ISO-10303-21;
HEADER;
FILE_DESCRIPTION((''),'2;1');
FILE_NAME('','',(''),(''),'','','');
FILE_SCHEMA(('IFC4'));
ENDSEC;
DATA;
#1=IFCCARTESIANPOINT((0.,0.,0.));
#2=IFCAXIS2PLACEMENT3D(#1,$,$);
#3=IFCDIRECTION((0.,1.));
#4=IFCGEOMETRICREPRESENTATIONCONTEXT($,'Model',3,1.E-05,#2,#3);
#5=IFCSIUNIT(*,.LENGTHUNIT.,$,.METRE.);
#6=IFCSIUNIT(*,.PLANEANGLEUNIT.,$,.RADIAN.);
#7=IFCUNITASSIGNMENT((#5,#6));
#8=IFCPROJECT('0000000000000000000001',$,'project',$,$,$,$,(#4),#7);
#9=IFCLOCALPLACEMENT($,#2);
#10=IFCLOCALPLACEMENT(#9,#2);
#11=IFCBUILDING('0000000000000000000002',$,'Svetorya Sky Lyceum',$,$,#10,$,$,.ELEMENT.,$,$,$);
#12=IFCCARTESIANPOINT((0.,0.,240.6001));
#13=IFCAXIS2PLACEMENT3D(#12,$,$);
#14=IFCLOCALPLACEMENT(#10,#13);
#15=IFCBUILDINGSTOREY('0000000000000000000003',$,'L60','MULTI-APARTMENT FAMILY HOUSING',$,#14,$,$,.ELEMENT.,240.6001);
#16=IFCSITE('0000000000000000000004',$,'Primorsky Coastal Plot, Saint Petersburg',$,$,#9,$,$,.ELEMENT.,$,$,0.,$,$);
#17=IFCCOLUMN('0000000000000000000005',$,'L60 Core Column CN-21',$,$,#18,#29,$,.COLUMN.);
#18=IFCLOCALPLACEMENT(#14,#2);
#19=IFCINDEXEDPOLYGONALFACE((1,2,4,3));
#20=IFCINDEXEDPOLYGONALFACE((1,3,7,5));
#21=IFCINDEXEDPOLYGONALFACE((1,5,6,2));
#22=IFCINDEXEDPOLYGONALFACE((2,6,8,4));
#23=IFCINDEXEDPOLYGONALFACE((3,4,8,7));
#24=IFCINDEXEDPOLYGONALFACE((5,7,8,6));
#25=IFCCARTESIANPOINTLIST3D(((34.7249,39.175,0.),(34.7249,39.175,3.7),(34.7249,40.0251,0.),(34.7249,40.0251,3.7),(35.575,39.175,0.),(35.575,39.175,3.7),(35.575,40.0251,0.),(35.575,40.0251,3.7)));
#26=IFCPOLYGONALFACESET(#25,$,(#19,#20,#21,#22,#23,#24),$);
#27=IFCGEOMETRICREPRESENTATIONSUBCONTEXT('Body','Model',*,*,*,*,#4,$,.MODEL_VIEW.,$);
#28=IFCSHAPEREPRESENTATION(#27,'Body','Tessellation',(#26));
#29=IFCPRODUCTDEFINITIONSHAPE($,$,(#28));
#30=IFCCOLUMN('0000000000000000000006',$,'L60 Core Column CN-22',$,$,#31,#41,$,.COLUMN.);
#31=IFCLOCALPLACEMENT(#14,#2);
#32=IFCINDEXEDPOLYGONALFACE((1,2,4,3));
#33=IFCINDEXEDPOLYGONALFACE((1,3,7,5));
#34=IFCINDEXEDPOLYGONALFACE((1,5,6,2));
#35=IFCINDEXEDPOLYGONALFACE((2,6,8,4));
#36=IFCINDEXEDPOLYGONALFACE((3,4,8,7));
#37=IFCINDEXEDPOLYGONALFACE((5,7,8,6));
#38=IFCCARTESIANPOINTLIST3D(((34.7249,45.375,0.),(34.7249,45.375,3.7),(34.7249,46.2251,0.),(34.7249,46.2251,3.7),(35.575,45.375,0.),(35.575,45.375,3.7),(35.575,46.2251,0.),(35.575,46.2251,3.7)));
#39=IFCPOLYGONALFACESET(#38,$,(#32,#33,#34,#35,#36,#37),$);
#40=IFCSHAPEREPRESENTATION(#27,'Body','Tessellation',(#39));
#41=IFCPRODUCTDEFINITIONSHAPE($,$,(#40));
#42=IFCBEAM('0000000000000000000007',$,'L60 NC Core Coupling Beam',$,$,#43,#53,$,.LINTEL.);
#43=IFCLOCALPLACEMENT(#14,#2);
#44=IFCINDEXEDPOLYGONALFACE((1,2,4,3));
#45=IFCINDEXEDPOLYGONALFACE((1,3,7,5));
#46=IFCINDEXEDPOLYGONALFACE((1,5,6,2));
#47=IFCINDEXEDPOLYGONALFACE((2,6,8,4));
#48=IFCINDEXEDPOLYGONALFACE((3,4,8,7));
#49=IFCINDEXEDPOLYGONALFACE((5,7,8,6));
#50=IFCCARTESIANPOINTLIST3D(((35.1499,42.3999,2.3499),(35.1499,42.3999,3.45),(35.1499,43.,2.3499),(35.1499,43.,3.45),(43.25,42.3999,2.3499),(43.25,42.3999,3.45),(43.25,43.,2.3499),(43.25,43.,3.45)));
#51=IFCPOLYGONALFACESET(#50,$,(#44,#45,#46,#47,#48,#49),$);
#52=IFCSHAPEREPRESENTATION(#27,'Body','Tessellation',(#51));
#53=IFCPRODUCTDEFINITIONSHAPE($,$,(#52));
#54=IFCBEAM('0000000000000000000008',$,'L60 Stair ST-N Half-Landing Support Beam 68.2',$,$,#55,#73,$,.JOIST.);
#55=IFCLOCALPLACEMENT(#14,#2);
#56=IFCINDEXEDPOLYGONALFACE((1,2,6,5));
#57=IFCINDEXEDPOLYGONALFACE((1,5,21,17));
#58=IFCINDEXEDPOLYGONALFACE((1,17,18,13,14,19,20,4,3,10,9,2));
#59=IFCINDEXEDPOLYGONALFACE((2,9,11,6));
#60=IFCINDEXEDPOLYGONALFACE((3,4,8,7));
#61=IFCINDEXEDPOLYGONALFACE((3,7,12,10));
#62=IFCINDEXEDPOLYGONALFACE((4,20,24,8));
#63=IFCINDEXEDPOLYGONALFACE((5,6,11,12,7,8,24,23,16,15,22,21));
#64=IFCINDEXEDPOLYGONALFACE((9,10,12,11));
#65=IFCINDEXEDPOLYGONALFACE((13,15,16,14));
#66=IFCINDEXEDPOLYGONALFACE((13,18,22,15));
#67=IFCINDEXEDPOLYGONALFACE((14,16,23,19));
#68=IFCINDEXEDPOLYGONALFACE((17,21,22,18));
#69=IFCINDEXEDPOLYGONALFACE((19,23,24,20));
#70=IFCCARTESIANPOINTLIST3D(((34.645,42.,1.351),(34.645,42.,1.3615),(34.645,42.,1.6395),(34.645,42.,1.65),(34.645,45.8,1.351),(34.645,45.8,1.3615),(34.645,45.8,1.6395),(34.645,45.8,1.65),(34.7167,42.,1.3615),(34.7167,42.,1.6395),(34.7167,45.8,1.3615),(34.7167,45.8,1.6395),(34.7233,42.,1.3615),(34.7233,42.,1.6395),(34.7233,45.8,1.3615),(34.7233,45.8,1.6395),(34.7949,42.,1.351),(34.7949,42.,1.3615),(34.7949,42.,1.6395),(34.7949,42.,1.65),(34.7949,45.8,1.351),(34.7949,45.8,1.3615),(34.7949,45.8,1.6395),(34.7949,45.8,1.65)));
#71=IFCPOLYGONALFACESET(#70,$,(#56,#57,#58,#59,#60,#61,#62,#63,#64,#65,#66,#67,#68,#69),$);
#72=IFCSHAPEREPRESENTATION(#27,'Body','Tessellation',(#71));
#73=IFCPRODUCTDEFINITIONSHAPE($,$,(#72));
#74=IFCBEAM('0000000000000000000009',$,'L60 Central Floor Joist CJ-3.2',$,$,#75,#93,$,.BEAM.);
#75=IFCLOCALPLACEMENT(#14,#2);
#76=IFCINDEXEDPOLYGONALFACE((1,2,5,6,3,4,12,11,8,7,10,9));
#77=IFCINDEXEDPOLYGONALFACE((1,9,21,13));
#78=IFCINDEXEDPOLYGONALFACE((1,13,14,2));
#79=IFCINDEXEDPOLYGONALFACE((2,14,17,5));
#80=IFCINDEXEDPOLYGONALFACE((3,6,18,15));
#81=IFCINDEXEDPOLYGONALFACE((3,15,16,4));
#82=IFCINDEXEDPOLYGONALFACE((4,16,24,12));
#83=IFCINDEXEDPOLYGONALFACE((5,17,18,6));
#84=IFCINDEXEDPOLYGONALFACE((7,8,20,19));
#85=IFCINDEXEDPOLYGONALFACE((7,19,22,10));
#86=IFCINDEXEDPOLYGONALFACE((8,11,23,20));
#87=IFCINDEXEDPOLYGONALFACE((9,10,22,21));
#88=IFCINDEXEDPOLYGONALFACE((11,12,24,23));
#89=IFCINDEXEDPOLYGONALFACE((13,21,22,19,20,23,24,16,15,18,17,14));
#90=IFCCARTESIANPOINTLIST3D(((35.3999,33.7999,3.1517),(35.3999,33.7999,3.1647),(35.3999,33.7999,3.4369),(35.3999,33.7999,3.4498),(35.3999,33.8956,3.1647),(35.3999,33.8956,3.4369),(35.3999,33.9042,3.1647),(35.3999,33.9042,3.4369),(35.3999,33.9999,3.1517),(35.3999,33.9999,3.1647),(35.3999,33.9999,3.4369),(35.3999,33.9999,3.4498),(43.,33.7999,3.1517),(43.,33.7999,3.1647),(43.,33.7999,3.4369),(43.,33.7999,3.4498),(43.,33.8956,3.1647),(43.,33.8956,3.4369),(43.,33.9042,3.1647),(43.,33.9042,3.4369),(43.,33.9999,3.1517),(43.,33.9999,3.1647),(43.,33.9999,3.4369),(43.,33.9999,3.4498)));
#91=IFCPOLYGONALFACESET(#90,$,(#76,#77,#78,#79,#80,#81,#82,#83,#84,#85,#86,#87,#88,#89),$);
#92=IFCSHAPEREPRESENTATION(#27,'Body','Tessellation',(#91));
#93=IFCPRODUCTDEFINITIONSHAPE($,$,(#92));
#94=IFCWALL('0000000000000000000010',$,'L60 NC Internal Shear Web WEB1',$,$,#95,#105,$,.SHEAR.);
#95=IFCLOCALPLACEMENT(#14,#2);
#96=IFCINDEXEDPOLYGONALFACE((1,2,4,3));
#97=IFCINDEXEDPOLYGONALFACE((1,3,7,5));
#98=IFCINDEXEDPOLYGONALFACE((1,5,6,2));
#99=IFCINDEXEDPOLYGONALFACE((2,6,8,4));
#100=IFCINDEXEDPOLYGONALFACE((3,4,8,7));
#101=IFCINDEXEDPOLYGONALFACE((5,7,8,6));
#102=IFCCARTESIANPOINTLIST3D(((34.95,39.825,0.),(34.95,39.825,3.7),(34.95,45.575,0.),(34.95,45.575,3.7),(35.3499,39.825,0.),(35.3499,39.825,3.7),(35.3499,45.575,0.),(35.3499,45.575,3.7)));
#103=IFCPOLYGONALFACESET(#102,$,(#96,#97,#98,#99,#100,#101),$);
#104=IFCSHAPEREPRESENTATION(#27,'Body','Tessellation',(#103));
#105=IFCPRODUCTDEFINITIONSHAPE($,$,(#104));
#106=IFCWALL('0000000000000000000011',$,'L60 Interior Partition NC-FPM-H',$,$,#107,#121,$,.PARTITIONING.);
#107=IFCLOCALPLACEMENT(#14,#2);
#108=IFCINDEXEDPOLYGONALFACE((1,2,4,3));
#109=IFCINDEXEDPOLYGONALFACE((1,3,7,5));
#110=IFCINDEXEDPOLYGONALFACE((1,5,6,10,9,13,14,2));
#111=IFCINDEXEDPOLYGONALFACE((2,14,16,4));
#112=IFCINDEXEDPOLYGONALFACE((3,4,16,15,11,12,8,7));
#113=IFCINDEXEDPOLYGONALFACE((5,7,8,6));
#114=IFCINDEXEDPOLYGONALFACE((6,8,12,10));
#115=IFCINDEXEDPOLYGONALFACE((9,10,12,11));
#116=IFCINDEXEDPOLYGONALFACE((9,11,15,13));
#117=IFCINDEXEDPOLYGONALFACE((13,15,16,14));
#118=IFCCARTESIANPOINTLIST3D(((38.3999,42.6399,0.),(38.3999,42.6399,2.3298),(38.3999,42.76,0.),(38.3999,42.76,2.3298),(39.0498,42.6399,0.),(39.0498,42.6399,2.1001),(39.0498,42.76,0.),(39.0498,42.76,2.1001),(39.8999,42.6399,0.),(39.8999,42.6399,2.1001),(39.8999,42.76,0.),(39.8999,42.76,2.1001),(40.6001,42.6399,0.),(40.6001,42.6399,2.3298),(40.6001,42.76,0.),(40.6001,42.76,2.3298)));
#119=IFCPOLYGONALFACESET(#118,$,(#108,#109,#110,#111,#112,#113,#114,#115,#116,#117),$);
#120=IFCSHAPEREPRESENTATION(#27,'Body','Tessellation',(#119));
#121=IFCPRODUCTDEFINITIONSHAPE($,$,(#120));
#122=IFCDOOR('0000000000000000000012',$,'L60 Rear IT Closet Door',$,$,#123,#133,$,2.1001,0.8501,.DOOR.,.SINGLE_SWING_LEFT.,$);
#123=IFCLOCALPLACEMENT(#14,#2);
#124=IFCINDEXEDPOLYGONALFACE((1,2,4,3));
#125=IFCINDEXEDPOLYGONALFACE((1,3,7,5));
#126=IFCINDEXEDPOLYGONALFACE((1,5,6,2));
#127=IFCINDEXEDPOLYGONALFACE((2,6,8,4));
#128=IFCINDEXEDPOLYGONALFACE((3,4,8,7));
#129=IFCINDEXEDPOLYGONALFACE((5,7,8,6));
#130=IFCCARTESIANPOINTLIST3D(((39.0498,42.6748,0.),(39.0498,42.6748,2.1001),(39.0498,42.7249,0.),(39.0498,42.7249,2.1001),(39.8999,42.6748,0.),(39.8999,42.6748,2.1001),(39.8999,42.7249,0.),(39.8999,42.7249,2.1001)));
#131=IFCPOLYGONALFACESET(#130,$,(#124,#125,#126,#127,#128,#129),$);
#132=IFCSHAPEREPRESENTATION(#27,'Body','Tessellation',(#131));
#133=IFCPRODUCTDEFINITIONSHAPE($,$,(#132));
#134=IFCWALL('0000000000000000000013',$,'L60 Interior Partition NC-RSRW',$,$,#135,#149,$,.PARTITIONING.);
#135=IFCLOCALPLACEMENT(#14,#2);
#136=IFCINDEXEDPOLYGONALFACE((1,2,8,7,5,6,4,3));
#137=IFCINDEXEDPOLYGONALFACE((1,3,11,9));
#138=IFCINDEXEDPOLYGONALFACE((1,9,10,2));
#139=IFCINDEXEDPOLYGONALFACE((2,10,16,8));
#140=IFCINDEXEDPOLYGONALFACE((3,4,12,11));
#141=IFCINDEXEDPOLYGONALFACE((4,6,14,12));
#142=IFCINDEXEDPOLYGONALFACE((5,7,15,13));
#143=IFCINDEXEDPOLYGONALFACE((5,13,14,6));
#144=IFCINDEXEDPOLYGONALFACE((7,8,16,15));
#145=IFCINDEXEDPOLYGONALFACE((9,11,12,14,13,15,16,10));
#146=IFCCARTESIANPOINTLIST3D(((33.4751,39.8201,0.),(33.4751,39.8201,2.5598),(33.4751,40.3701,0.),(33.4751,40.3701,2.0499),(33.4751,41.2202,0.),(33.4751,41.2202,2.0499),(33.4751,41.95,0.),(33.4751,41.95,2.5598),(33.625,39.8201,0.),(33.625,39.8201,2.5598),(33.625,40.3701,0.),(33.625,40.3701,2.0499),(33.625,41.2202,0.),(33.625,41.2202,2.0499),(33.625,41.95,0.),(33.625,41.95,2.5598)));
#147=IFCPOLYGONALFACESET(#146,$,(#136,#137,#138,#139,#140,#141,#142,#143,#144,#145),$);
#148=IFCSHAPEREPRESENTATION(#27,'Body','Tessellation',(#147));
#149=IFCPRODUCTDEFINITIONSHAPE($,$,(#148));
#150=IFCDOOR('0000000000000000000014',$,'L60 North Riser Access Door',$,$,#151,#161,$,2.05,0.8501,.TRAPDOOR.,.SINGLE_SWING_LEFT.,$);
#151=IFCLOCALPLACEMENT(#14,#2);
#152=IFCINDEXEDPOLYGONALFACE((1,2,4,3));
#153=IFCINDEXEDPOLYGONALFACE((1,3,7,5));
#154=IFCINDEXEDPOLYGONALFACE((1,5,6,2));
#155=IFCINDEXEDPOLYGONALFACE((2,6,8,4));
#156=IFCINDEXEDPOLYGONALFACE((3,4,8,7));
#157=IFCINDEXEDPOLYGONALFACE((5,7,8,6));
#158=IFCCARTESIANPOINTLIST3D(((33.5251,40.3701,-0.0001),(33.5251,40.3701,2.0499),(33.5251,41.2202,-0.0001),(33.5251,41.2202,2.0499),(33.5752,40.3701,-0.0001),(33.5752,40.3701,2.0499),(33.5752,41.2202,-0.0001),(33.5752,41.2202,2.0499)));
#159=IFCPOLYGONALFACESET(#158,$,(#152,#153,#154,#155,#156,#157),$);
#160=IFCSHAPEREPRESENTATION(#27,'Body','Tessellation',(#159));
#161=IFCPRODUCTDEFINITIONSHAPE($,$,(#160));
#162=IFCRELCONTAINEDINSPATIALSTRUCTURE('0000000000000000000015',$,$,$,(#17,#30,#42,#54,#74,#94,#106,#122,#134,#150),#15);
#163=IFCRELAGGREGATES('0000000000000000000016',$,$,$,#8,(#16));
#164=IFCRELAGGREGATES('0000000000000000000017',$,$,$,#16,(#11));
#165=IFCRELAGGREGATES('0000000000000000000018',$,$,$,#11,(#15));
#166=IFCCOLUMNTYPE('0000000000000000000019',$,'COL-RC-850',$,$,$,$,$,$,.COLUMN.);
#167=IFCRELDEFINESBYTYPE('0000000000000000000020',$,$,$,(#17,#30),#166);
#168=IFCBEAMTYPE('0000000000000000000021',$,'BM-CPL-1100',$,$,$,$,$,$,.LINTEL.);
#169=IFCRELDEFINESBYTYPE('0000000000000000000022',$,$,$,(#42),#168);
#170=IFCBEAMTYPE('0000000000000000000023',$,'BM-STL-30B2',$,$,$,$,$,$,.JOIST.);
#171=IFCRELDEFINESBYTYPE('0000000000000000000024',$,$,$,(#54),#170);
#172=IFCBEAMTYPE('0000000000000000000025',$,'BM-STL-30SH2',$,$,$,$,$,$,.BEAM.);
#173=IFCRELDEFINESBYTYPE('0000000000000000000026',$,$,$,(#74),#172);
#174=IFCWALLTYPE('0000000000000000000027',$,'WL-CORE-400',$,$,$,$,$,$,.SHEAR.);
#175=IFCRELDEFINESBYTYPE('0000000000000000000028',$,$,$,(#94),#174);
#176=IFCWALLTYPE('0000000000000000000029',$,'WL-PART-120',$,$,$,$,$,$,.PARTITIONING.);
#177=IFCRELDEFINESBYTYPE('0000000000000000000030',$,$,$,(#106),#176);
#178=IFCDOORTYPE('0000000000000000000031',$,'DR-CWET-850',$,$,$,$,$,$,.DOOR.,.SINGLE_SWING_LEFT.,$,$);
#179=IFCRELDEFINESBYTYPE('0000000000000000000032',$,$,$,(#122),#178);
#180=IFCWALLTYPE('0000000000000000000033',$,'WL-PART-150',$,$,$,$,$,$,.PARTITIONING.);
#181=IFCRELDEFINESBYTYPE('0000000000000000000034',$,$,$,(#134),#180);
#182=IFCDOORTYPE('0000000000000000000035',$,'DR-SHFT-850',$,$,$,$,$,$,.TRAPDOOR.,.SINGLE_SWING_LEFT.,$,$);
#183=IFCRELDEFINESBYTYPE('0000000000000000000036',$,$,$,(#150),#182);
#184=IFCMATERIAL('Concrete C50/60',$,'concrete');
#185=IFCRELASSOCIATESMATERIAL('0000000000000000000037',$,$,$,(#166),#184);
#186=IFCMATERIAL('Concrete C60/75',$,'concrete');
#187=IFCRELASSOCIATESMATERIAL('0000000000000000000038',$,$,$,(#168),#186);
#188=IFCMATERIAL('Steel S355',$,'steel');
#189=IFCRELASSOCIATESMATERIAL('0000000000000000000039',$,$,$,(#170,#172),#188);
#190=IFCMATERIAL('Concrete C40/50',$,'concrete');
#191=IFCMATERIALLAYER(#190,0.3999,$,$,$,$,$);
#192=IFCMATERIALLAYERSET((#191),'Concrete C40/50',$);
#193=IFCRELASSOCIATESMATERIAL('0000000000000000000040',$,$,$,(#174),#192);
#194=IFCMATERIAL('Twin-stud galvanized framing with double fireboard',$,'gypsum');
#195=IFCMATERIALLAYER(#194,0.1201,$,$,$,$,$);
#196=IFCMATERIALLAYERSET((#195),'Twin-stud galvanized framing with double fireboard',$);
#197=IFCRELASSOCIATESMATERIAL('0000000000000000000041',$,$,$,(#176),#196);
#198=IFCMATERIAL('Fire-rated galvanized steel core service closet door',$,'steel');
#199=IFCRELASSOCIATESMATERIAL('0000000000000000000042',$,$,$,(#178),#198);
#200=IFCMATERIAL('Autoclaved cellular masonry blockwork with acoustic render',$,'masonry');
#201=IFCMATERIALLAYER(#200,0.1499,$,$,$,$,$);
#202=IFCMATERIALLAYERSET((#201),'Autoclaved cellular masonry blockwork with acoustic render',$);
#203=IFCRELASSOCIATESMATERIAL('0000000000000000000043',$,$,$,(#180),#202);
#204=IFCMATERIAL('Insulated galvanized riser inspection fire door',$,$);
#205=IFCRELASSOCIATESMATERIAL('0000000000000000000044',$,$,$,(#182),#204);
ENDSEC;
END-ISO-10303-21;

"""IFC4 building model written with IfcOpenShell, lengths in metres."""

from ifc_helpers import new_model, si_unit, direction, frame, frame_2d, origin, origin_2d, place, context, subcontext, project, spatial, rectangle, i_section, extrude, material, layer, layer_set, material_profile, profile_set, type_object, element, fill, save


model = new_model("IFC4")

# Units and contexts
model_context = context("Model", 3, precision=1e-05, world=origin(), true_north=direction((0.0, 1.0)))
body_context = subcontext(model_context, "Body", "Model", "MODEL_VIEW")
ifc_project = project(units=[si_unit("LENGTHUNIT", "METRE"), si_unit("PLANEANGLEUNIT", "RADIAN")], contexts=[model_context])

# Site, building, storey
site_placement = place(None, origin())
site = spatial("IfcSite", under=ifc_project, at=site_placement, Name="Primorsky Coastal Plot, Saint Petersburg", CompositionType="ELEMENT", RefElevation=0.0)
building_placement = place(site_placement, origin())
building = spatial("IfcBuilding", under=site, at=building_placement, Name="Svetorya Sky Lyceum", CompositionType="ELEMENT")
storey_placement = place(building_placement, frame((0.0, 0.0, 240.6001)))
storey = spatial("IfcBuildingStorey", under=building, at=storey_placement, Name="L60", Description="MULTI-APARTMENT FAMILY HOUSING", CompositionType="ELEMENT", Elevation=240.6001)

# Columns
ifc_material_1 = material(Name="Concrete C50/60", Category="concrete")
ifc_material_profile_1 = material_profile(ifc_material_1, rectangle(XDim=0.8501, YDim=0.8501, at=origin_2d()), Name="RC COL 850x850")
ifc_profile_set_1 = profile_set([ifc_material_profile_1], Name="Concrete C50/60")
column_type = type_object("IfcColumnType", Name="COL-RC-850", PredefinedType="COLUMN", material=ifc_profile_set_1)
for number, where, z_axis, x_axis, name in (
    (1, (35.1499, 39.6001, 0.0), (0.0, 0.0, 1.0), (1.0, 0.0, 0.0), "L60 Core Column CN-21"),
    (2, (35.1499, 45.8, 0.0), (0.0, 0.0, 1.0), (1.0, 0.0, 0.0), "L60 Core Column CN-22"),
):
    element("IfcColumn", number, at=place(storey_placement, frame(where, z_axis=z_axis, x_axis=x_axis)), inside=storey, type_object=column_type, Name=name, PredefinedType="COLUMN", context=body_context, shape_type="SweptSolid", body=[
        extrude(rectangle(XDim=0.8501, YDim=0.8501, at=origin_2d()), origin(), (0.0, 0.0, 1.0), 3.7),
    ])

# Beams
ifc_material_2 = material(Name="Concrete C60/75", Category="concrete")
ifc_material_profile_2 = material_profile(ifc_material_2, rectangle(XDim=0.6001, YDim=1.1001, at=origin_2d()), Name="RC COUPLING 600x1100")
ifc_profile_set_2 = profile_set([ifc_material_profile_2], Name="Concrete C60/75")
beam_type_1 = type_object("IfcBeamType", Name="BM-CPL-1100", PredefinedType="LINTEL", material=ifc_profile_set_2)
beam_1_placement = place(storey_placement, frame((35.1499, 42.7, 2.8999), z_axis=(1.0, 0.0, 0.0), x_axis=(0.0, 1.0, 0.0)))
element("IfcBeam", 3, at=beam_1_placement, inside=storey, type_object=beam_type_1, Name="L60 NC Core Coupling Beam", PredefinedType="LINTEL", context=body_context, shape_type="SweptSolid", body=[
    extrude(rectangle(XDim=0.6001, YDim=1.1001, at=origin_2d()), origin(), (0.0, 0.0, 1.0), 8.1001),
])
ifc_material_3 = material(Name="Steel S355", Category="steel")
ifc_material_profile_3 = material_profile(ifc_material_3, i_section(OverallWidth=0.1499, OverallDepth=0.2991, WebThickness=0.0066, FlangeThickness=0.0105, at=origin_2d()), Name="GOST 30B2")
ifc_profile_set_3 = profile_set([ifc_material_profile_3], Name="Steel S355")
beam_type_2 = type_object("IfcBeamType", Name="BM-STL-30B2", PredefinedType="JOIST", material=ifc_profile_set_3)
beam_2_placement = place(storey_placement, frame((34.72, 42.0, 1.5005), z_axis=(0.0, 1.0, 0.0), x_axis=(-1.0, 0.0, 0.0)))
element("IfcBeam", 4, at=beam_2_placement, inside=storey, type_object=beam_type_2, Name="L60 Stair ST-N Half-Landing Support Beam 68.2", PredefinedType="JOIST", context=body_context, shape_type="SweptSolid", body=[
    extrude(i_section(OverallWidth=0.1499, OverallDepth=0.2991, WebThickness=0.0066, FlangeThickness=0.0105, at=origin_2d()), origin(), (0.0, 0.0, 1.0), 3.8),
])
ifc_material_profile_4 = material_profile(ifc_material_3, i_section(OverallWidth=0.2, OverallDepth=0.2981, WebThickness=0.0085, FlangeThickness=0.0129, at=origin_2d()), Name="GOST 30Sh2")
ifc_profile_set_4 = profile_set([ifc_material_profile_4], Name="Steel S355")
beam_type_3 = type_object("IfcBeamType", Name="BM-STL-30SH2", PredefinedType="BEAM", material=ifc_profile_set_4)
beam_3_placement = place(storey_placement, frame((35.3999, 33.8999, 3.3008), z_axis=(1.0, 0.0, 0.0), x_axis=(0.0, 1.0, 0.0)))
element("IfcBeam", 5, at=beam_3_placement, inside=storey, type_object=beam_type_3, Name="L60 Central Floor Joist CJ-3.2", PredefinedType="BEAM", context=body_context, shape_type="SweptSolid", body=[
    extrude(i_section(OverallWidth=0.2, OverallDepth=0.2981, WebThickness=0.0085, FlangeThickness=0.0129, at=origin_2d()), origin(), (0.0, 0.0, 1.0), 7.6001),
])

# Wall
ifc_material_4 = material(Name="Concrete C40/50", Category="concrete")
ifc_layer_1 = layer(ifc_material_4, 0.3999)
ifc_layer_set_1 = layer_set([ifc_layer_1], Name="Concrete C40/50")
wall_type_1 = type_object("IfcWallType", Name="WL-CORE-400", PredefinedType="SHEAR", material=ifc_layer_set_1)
wall_1_placement = place(storey_placement, frame((35.1499, 39.825, 0.0), z_axis=(0.0, 0.0, 1.0), x_axis=(0.0, 1.0, 0.0)))
element("IfcWall", 6, at=wall_1_placement, inside=storey, type_object=wall_type_1, Name="L60 NC Internal Shear Web WEB1", PredefinedType="SHEAR", context=body_context, shape_type="SweptSolid", body=[
    extrude(rectangle(XDim=5.75, YDim=0.3999, at=frame_2d((2.875, 0.0))), origin(), (0.0, 0.0, 1.0), 3.7),
])

# Walls, openings, doors
ifc_material_5 = material(Name="Twin-stud galvanized framing with double fireboard", Category="gypsum")
ifc_layer_2 = layer(ifc_material_5, 0.1201)
ifc_layer_set_2 = layer_set([ifc_layer_2], Name="Twin-stud galvanized framing with double fireboard")
wall_type_2 = type_object("IfcWallType", Name="WL-PART-120", PredefinedType="PARTITIONING", material=ifc_layer_set_2)
wall_2_placement = place(storey_placement, frame((38.3999, 42.7, 0.0), z_axis=(0.0, 0.0, 1.0), x_axis=(1.0, 0.0, 0.0)))
wall_2 = element("IfcWall", 7, at=wall_2_placement, inside=storey, type_object=wall_type_2, Name="L60 Interior Partition NC-FPM-H", PredefinedType="PARTITIONING", context=body_context, shape_type="SweptSolid", body=[
    extrude(rectangle(XDim=2.2002, YDim=0.1201, at=frame_2d((1.1001, 0.0))), origin(), (0.0, 0.0, 1.0), 2.3298),
])
opening_1_placement = place(wall_2_placement, frame((0.6499, 0.0, 0.0)))
opening_1 = element("IfcOpeningElement", 8, at=opening_1_placement, cuts=wall_2, PredefinedType="OPENING", context=body_context, shape_type="SweptSolid", body=[
    extrude(rectangle(XDim=0.8501, YDim=2.1001, at=frame_2d((0.425, 1.05))), frame((0.0, 0.0701, 0.0), z_axis=(0.0, -1.0, 0.0), x_axis=(1.0, 0.0, 0.0)), (0.0, 0.0, 1.0), 0.1401),
])
ifc_material_6 = material(Name="Fire-rated galvanized steel core service closet door", Category="steel")
door_type_1 = type_object("IfcDoorType", Name="DR-CWET-850", OperationType="SINGLE_SWING_LEFT", PredefinedType="DOOR", material=ifc_material_6)
door_1_placement = place(opening_1_placement, origin())
door_1 = element("IfcDoor", 9, at=door_1_placement, inside=storey, type_object=door_type_1, Name="L60 Rear IT Closet Door", OperationType="SINGLE_SWING_LEFT", OverallHeight=2.1001, OverallWidth=0.8501, PredefinedType="DOOR", context=body_context, shape_type="SweptSolid", body=[
    extrude(rectangle(XDim=0.8501, YDim=2.1001, at=frame_2d((0.425, 1.05))), frame((0.0, 0.0249, 0.0), z_axis=(0.0, -1.0, 0.0), x_axis=(1.0, 0.0, 0.0)), (0.0, 0.0, 1.0), 0.05),
])
fill(opening_1, door_1)
ifc_material_7 = material(Name="Autoclaved cellular masonry blockwork with acoustic render", Category="masonry")
ifc_layer_3 = layer(ifc_material_7, 0.1499)
ifc_layer_set_3 = layer_set([ifc_layer_3], Name="Autoclaved cellular masonry blockwork with acoustic render")
wall_type_3 = type_object("IfcWallType", Name="WL-PART-150", PredefinedType="PARTITIONING", material=ifc_layer_set_3)
wall_3_placement = place(storey_placement, frame((33.55, 39.8201, 0.0), z_axis=(0.0, 0.0, 1.0), x_axis=(0.0, 1.0, 0.0)))
wall_3 = element("IfcWall", 10, at=wall_3_placement, inside=storey, type_object=wall_type_3, Name="L60 Interior Partition NC-RSRW", PredefinedType="PARTITIONING", context=body_context, shape_type="SweptSolid", body=[
    extrude(rectangle(XDim=2.1299, YDim=0.1499, at=frame_2d((1.0649, 0.0))), origin(), (0.0, 0.0, 1.0), 2.5598),
])
opening_2_placement = place(wall_3_placement, frame((0.55, 0.0, 0.0)))
opening_2 = element("IfcOpeningElement", 11, at=opening_2_placement, cuts=wall_3, PredefinedType="OPENING", context=body_context, shape_type="SweptSolid", body=[
    extrude(rectangle(XDim=0.8501, YDim=2.05, at=frame_2d((0.425, 1.0249))), frame((0.0, 0.085, 0.0), z_axis=(0.0, -1.0, 0.0), x_axis=(1.0, 0.0, 0.0)), (0.0, 0.0, 1.0), 0.1699),
])
ifc_material_8 = material(Name="Insulated galvanized riser inspection fire door")
door_type_2 = type_object("IfcDoorType", Name="DR-SHFT-850", OperationType="SINGLE_SWING_LEFT", PredefinedType="TRAPDOOR", material=ifc_material_8)
door_2_placement = place(opening_2_placement, origin())
door_2 = element("IfcDoor", 12, at=door_2_placement, inside=storey, type_object=door_type_2, Name="L60 North Riser Access Door", OperationType="SINGLE_SWING_LEFT", OverallHeight=2.05, OverallWidth=0.8501, PredefinedType="TRAPDOOR", context=body_context, shape_type="SweptSolid", body=[
    extrude(rectangle(XDim=0.8501, YDim=2.05, at=frame_2d((0.425, 1.0249))), frame((0.0, 0.0249, 0.0), z_axis=(0.0, -1.0, 0.0), x_axis=(1.0, 0.0, 0.0)), (0.0, 0.0, 1.0), 0.05),
])
fill(opening_2, door_2)

save(model, "model.ifc")
